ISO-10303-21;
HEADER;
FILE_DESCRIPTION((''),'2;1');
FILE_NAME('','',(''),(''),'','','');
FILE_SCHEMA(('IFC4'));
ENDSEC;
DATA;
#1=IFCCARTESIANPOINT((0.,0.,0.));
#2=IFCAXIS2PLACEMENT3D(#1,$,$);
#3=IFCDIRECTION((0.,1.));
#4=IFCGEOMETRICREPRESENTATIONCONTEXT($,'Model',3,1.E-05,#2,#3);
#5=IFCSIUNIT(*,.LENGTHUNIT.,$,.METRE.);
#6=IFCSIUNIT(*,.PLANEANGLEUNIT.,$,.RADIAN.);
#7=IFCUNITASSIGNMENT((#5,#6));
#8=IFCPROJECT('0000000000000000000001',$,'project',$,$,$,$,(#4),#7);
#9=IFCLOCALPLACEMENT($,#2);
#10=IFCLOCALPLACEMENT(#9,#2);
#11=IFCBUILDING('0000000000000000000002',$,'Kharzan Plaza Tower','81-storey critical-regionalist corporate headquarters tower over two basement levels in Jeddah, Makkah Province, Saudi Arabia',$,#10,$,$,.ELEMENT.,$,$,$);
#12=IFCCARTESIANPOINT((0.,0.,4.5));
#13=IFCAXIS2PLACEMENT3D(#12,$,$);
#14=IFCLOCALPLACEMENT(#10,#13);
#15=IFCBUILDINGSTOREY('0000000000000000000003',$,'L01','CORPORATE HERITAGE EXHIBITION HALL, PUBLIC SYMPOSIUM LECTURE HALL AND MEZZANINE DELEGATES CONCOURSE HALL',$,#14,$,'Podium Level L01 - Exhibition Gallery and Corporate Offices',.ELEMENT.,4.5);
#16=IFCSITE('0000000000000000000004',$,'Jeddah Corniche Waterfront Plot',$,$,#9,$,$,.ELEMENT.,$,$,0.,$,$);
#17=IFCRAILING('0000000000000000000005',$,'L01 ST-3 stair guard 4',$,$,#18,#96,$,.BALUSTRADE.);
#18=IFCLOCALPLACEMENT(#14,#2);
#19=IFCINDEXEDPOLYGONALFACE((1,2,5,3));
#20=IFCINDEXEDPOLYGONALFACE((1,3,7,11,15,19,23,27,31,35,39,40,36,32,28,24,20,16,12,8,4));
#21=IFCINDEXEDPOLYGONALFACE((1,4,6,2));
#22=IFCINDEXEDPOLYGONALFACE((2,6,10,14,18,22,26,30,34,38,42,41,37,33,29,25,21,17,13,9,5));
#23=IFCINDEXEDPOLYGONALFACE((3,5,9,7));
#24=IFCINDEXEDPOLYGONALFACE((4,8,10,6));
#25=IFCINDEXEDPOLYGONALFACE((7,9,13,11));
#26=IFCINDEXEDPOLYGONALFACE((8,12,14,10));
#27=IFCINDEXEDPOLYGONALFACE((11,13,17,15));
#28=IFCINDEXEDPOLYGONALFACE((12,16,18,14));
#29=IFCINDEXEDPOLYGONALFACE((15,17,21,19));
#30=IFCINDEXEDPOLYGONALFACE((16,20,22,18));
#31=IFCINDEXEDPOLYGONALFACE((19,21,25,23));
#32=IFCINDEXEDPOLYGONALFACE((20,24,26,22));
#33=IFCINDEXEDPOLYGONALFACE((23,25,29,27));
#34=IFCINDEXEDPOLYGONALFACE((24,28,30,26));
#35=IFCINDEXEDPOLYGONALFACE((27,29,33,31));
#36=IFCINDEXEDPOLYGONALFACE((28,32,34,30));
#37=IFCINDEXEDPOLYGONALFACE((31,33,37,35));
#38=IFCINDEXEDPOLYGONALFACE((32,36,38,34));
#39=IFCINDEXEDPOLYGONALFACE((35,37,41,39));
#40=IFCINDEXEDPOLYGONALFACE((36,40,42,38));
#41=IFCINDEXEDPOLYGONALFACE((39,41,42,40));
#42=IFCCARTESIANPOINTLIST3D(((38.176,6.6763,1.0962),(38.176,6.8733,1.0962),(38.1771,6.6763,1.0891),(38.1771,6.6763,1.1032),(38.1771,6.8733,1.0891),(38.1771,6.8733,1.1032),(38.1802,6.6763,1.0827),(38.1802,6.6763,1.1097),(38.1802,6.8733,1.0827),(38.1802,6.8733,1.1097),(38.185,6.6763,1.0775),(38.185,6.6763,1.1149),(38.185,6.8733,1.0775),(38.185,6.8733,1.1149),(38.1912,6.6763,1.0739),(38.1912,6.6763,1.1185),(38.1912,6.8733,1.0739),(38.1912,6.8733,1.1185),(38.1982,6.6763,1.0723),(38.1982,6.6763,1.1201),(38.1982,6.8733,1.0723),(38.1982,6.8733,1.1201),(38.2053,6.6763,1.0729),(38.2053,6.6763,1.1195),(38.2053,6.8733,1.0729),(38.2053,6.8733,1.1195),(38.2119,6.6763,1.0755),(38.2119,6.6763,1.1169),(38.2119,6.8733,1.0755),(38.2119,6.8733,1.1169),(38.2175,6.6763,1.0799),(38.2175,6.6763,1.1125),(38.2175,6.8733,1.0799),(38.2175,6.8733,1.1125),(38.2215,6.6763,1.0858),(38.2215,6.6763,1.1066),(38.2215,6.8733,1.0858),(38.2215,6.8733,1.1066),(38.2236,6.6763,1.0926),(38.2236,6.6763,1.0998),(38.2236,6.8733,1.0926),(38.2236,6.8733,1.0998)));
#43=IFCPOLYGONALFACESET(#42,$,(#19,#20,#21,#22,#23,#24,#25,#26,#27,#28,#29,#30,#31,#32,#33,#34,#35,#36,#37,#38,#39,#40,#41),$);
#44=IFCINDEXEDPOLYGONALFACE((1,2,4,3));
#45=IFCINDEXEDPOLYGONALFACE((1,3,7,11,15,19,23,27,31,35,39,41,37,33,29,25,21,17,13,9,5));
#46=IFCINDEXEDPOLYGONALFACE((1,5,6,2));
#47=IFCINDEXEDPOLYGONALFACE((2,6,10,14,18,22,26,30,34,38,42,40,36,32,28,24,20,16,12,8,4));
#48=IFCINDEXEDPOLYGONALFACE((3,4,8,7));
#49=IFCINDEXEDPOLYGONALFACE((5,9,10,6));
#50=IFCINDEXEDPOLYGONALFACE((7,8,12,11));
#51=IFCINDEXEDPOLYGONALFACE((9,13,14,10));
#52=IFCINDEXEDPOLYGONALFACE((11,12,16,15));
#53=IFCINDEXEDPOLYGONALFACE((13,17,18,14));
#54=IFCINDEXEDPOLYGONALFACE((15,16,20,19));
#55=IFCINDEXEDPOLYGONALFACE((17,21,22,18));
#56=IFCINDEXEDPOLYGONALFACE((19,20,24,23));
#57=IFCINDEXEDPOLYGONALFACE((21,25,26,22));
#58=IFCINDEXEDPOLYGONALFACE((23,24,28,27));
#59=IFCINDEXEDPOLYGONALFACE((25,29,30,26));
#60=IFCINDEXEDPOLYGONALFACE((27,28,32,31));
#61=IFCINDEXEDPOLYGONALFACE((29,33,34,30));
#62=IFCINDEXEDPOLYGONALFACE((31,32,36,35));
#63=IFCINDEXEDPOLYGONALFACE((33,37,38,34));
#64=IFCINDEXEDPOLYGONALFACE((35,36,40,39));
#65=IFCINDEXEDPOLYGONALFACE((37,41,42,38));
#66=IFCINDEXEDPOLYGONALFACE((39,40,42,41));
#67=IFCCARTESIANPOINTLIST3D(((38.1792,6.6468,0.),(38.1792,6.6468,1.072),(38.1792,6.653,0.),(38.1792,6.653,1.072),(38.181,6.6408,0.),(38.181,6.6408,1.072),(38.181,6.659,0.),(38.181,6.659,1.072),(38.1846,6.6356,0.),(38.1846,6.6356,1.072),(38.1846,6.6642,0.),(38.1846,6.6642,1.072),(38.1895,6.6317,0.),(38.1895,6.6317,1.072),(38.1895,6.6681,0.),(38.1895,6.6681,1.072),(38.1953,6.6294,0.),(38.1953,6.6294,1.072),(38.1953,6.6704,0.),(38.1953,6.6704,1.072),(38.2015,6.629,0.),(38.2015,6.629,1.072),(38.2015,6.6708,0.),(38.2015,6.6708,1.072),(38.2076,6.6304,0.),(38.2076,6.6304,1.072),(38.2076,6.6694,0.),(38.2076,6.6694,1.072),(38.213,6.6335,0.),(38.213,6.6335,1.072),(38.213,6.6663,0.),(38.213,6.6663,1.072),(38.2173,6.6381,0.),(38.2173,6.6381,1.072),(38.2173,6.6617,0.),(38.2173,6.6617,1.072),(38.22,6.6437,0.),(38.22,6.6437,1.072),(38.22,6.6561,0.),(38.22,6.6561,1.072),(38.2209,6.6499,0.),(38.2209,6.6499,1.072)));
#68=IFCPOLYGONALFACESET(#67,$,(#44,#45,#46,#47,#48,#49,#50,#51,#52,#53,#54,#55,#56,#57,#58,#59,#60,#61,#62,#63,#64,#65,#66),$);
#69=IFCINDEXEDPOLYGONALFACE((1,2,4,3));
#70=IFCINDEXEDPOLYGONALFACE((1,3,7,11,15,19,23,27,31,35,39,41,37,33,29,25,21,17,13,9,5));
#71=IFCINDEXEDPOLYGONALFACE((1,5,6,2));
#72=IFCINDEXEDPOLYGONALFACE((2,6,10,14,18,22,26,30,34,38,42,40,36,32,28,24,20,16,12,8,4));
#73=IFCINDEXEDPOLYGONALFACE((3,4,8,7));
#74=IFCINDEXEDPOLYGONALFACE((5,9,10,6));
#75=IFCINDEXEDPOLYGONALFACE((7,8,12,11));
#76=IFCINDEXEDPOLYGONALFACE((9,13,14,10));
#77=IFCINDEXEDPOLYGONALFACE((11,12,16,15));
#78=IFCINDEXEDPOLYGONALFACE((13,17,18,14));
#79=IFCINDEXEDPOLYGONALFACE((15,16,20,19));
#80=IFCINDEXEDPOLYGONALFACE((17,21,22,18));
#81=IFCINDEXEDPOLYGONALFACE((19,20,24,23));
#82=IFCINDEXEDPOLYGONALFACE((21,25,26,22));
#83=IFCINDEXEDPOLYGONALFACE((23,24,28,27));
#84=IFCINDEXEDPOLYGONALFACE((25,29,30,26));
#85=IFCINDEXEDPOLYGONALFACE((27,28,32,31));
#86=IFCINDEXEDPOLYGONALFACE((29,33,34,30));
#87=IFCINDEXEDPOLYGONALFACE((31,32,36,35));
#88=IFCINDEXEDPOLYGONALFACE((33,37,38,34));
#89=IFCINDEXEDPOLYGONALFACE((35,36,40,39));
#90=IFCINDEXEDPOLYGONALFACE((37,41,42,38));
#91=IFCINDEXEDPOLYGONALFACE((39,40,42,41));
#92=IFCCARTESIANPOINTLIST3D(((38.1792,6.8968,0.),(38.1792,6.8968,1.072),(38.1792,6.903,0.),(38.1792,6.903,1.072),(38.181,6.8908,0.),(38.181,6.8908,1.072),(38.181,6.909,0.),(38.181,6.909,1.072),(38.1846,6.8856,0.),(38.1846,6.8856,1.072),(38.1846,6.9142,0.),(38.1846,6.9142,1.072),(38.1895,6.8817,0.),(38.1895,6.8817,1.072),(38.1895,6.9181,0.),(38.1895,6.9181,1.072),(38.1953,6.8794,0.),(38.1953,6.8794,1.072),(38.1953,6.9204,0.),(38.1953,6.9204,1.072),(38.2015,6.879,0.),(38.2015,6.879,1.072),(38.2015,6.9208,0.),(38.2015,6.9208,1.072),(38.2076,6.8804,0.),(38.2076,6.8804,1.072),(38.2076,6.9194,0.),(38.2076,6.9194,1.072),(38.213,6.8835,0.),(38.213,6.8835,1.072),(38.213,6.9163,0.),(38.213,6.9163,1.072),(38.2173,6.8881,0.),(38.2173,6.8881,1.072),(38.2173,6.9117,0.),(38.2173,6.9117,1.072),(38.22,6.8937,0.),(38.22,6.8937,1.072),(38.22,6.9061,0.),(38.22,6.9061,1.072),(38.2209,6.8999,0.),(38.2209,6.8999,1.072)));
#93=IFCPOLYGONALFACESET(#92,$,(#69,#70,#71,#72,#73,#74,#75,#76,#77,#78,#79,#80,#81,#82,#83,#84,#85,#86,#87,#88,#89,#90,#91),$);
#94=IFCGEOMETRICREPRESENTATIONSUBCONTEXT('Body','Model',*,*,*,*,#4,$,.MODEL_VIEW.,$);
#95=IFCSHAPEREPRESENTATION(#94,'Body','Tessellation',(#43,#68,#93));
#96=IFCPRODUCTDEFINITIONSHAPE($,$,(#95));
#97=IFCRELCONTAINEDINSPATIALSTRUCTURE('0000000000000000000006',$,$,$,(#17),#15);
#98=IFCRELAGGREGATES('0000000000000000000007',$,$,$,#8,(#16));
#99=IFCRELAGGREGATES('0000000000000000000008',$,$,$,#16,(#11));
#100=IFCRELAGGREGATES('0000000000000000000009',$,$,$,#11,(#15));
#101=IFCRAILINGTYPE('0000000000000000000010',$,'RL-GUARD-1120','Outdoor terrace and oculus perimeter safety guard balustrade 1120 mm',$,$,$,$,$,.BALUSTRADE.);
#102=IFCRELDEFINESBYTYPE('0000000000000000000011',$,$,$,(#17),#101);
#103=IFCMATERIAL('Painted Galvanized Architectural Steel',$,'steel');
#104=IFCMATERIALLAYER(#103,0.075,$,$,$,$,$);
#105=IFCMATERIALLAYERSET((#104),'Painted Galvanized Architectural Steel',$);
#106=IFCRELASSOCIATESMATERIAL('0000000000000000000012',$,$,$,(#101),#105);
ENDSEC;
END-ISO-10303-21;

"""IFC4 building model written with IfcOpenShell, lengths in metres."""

from ifc_helpers import new_model, si_unit, direction, frame, origin, origin_2d, place, context, subcontext, project, spatial, circle, extrude, source, transform, mapped, material, layer, layer_set, type_object, element, save


model = new_model("IFC4")

# Units and contexts
model_context = context("Model", 3, precision=1e-05, world=origin(), true_north=direction((0.0, 1.0)))
body_context = subcontext(model_context, "Body", "Model", "MODEL_VIEW")
ifc_project = project(units=[si_unit("LENGTHUNIT", "METRE"), si_unit("PLANEANGLEUNIT", "RADIAN")], contexts=[model_context])

# Site, building, storey
site_placement = place(None, origin())
site = spatial("IfcSite", under=ifc_project, at=site_placement, Name="Jeddah Corniche Waterfront Plot", CompositionType="ELEMENT", RefElevation=0.0)
building_placement = place(site_placement, origin())
building = spatial("IfcBuilding", under=site, at=building_placement, Name="Kharzan Plaza Tower", Description="81-storey critical-regionalist corporate headquarters tower over two basement levels in Jeddah, Makkah Province, Saudi Arabia", CompositionType="ELEMENT")
storey_placement = place(building_placement, frame((0.0, 0.0, 4.5)))
storey = spatial("IfcBuildingStorey", under=building, at=storey_placement, Name="L01", Description="CORPORATE HERITAGE EXHIBITION HALL, PUBLIC SYMPOSIUM LECTURE HALL AND MEZZANINE DELEGATES CONCOURSE HALL", LongName="Podium Level L01 - Exhibition Gallery and Corporate Offices", CompositionType="ELEMENT", Elevation=4.5)

# Railing
ifc_material_1 = material(Name="Painted Galvanized Architectural Steel", Category="steel")
ifc_layer_1 = layer(ifc_material_1, 0.075)
ifc_layer_set_1 = layer_set([ifc_layer_1], Name="Painted Galvanized Architectural Steel")
railing_type_1 = type_object("IfcRailingType", Name="RL-GUARD-1120", Description="Outdoor terrace and oculus perimeter safety guard balustrade 1120 mm", PredefinedType="BALUSTRADE", material=ifc_layer_set_1)
shared_shape_1 = source(origin(), body_context, "Body", "SweptSolid", [
    extrude(circle(Radius=0.0239, at=origin_2d()), frame((0.0, 0.0264, 1.0962), z_axis=(0.0, 1.0, 0.0), x_axis=(-1.0, 0.0, 0.0)), (0.0, 0.0, 1.0), 0.197),
    extrude(circle(Radius=0.021, at=origin_2d()), origin(), (0.0, 0.0, 1.0), 1.072),
    extrude(circle(Radius=0.021, at=origin_2d()), frame((0.0, 0.25, 0.0)), (0.0, 0.0, 1.0), 1.072),
])
railing_1_placement = place(storey_placement, frame((38.2, 6.6499, 0.0)))
element("IfcRailing", 1, at=railing_1_placement, inside=storey, type_object=railing_type_1, Name="L01 ST-3 stair guard 4", PredefinedType="BALUSTRADE", context=body_context, shape_type="MappedRepresentation", body=[
    mapped(shared_shape_1, transform((0.0, 0.0, 0.0), x_axis=(1.0, 0.0, 0.0), y_axis=(0.0, 1.0, 0.0), z_axis=(0.0, 0.0, 1.0))),
])

save(model, "model.ifc")
